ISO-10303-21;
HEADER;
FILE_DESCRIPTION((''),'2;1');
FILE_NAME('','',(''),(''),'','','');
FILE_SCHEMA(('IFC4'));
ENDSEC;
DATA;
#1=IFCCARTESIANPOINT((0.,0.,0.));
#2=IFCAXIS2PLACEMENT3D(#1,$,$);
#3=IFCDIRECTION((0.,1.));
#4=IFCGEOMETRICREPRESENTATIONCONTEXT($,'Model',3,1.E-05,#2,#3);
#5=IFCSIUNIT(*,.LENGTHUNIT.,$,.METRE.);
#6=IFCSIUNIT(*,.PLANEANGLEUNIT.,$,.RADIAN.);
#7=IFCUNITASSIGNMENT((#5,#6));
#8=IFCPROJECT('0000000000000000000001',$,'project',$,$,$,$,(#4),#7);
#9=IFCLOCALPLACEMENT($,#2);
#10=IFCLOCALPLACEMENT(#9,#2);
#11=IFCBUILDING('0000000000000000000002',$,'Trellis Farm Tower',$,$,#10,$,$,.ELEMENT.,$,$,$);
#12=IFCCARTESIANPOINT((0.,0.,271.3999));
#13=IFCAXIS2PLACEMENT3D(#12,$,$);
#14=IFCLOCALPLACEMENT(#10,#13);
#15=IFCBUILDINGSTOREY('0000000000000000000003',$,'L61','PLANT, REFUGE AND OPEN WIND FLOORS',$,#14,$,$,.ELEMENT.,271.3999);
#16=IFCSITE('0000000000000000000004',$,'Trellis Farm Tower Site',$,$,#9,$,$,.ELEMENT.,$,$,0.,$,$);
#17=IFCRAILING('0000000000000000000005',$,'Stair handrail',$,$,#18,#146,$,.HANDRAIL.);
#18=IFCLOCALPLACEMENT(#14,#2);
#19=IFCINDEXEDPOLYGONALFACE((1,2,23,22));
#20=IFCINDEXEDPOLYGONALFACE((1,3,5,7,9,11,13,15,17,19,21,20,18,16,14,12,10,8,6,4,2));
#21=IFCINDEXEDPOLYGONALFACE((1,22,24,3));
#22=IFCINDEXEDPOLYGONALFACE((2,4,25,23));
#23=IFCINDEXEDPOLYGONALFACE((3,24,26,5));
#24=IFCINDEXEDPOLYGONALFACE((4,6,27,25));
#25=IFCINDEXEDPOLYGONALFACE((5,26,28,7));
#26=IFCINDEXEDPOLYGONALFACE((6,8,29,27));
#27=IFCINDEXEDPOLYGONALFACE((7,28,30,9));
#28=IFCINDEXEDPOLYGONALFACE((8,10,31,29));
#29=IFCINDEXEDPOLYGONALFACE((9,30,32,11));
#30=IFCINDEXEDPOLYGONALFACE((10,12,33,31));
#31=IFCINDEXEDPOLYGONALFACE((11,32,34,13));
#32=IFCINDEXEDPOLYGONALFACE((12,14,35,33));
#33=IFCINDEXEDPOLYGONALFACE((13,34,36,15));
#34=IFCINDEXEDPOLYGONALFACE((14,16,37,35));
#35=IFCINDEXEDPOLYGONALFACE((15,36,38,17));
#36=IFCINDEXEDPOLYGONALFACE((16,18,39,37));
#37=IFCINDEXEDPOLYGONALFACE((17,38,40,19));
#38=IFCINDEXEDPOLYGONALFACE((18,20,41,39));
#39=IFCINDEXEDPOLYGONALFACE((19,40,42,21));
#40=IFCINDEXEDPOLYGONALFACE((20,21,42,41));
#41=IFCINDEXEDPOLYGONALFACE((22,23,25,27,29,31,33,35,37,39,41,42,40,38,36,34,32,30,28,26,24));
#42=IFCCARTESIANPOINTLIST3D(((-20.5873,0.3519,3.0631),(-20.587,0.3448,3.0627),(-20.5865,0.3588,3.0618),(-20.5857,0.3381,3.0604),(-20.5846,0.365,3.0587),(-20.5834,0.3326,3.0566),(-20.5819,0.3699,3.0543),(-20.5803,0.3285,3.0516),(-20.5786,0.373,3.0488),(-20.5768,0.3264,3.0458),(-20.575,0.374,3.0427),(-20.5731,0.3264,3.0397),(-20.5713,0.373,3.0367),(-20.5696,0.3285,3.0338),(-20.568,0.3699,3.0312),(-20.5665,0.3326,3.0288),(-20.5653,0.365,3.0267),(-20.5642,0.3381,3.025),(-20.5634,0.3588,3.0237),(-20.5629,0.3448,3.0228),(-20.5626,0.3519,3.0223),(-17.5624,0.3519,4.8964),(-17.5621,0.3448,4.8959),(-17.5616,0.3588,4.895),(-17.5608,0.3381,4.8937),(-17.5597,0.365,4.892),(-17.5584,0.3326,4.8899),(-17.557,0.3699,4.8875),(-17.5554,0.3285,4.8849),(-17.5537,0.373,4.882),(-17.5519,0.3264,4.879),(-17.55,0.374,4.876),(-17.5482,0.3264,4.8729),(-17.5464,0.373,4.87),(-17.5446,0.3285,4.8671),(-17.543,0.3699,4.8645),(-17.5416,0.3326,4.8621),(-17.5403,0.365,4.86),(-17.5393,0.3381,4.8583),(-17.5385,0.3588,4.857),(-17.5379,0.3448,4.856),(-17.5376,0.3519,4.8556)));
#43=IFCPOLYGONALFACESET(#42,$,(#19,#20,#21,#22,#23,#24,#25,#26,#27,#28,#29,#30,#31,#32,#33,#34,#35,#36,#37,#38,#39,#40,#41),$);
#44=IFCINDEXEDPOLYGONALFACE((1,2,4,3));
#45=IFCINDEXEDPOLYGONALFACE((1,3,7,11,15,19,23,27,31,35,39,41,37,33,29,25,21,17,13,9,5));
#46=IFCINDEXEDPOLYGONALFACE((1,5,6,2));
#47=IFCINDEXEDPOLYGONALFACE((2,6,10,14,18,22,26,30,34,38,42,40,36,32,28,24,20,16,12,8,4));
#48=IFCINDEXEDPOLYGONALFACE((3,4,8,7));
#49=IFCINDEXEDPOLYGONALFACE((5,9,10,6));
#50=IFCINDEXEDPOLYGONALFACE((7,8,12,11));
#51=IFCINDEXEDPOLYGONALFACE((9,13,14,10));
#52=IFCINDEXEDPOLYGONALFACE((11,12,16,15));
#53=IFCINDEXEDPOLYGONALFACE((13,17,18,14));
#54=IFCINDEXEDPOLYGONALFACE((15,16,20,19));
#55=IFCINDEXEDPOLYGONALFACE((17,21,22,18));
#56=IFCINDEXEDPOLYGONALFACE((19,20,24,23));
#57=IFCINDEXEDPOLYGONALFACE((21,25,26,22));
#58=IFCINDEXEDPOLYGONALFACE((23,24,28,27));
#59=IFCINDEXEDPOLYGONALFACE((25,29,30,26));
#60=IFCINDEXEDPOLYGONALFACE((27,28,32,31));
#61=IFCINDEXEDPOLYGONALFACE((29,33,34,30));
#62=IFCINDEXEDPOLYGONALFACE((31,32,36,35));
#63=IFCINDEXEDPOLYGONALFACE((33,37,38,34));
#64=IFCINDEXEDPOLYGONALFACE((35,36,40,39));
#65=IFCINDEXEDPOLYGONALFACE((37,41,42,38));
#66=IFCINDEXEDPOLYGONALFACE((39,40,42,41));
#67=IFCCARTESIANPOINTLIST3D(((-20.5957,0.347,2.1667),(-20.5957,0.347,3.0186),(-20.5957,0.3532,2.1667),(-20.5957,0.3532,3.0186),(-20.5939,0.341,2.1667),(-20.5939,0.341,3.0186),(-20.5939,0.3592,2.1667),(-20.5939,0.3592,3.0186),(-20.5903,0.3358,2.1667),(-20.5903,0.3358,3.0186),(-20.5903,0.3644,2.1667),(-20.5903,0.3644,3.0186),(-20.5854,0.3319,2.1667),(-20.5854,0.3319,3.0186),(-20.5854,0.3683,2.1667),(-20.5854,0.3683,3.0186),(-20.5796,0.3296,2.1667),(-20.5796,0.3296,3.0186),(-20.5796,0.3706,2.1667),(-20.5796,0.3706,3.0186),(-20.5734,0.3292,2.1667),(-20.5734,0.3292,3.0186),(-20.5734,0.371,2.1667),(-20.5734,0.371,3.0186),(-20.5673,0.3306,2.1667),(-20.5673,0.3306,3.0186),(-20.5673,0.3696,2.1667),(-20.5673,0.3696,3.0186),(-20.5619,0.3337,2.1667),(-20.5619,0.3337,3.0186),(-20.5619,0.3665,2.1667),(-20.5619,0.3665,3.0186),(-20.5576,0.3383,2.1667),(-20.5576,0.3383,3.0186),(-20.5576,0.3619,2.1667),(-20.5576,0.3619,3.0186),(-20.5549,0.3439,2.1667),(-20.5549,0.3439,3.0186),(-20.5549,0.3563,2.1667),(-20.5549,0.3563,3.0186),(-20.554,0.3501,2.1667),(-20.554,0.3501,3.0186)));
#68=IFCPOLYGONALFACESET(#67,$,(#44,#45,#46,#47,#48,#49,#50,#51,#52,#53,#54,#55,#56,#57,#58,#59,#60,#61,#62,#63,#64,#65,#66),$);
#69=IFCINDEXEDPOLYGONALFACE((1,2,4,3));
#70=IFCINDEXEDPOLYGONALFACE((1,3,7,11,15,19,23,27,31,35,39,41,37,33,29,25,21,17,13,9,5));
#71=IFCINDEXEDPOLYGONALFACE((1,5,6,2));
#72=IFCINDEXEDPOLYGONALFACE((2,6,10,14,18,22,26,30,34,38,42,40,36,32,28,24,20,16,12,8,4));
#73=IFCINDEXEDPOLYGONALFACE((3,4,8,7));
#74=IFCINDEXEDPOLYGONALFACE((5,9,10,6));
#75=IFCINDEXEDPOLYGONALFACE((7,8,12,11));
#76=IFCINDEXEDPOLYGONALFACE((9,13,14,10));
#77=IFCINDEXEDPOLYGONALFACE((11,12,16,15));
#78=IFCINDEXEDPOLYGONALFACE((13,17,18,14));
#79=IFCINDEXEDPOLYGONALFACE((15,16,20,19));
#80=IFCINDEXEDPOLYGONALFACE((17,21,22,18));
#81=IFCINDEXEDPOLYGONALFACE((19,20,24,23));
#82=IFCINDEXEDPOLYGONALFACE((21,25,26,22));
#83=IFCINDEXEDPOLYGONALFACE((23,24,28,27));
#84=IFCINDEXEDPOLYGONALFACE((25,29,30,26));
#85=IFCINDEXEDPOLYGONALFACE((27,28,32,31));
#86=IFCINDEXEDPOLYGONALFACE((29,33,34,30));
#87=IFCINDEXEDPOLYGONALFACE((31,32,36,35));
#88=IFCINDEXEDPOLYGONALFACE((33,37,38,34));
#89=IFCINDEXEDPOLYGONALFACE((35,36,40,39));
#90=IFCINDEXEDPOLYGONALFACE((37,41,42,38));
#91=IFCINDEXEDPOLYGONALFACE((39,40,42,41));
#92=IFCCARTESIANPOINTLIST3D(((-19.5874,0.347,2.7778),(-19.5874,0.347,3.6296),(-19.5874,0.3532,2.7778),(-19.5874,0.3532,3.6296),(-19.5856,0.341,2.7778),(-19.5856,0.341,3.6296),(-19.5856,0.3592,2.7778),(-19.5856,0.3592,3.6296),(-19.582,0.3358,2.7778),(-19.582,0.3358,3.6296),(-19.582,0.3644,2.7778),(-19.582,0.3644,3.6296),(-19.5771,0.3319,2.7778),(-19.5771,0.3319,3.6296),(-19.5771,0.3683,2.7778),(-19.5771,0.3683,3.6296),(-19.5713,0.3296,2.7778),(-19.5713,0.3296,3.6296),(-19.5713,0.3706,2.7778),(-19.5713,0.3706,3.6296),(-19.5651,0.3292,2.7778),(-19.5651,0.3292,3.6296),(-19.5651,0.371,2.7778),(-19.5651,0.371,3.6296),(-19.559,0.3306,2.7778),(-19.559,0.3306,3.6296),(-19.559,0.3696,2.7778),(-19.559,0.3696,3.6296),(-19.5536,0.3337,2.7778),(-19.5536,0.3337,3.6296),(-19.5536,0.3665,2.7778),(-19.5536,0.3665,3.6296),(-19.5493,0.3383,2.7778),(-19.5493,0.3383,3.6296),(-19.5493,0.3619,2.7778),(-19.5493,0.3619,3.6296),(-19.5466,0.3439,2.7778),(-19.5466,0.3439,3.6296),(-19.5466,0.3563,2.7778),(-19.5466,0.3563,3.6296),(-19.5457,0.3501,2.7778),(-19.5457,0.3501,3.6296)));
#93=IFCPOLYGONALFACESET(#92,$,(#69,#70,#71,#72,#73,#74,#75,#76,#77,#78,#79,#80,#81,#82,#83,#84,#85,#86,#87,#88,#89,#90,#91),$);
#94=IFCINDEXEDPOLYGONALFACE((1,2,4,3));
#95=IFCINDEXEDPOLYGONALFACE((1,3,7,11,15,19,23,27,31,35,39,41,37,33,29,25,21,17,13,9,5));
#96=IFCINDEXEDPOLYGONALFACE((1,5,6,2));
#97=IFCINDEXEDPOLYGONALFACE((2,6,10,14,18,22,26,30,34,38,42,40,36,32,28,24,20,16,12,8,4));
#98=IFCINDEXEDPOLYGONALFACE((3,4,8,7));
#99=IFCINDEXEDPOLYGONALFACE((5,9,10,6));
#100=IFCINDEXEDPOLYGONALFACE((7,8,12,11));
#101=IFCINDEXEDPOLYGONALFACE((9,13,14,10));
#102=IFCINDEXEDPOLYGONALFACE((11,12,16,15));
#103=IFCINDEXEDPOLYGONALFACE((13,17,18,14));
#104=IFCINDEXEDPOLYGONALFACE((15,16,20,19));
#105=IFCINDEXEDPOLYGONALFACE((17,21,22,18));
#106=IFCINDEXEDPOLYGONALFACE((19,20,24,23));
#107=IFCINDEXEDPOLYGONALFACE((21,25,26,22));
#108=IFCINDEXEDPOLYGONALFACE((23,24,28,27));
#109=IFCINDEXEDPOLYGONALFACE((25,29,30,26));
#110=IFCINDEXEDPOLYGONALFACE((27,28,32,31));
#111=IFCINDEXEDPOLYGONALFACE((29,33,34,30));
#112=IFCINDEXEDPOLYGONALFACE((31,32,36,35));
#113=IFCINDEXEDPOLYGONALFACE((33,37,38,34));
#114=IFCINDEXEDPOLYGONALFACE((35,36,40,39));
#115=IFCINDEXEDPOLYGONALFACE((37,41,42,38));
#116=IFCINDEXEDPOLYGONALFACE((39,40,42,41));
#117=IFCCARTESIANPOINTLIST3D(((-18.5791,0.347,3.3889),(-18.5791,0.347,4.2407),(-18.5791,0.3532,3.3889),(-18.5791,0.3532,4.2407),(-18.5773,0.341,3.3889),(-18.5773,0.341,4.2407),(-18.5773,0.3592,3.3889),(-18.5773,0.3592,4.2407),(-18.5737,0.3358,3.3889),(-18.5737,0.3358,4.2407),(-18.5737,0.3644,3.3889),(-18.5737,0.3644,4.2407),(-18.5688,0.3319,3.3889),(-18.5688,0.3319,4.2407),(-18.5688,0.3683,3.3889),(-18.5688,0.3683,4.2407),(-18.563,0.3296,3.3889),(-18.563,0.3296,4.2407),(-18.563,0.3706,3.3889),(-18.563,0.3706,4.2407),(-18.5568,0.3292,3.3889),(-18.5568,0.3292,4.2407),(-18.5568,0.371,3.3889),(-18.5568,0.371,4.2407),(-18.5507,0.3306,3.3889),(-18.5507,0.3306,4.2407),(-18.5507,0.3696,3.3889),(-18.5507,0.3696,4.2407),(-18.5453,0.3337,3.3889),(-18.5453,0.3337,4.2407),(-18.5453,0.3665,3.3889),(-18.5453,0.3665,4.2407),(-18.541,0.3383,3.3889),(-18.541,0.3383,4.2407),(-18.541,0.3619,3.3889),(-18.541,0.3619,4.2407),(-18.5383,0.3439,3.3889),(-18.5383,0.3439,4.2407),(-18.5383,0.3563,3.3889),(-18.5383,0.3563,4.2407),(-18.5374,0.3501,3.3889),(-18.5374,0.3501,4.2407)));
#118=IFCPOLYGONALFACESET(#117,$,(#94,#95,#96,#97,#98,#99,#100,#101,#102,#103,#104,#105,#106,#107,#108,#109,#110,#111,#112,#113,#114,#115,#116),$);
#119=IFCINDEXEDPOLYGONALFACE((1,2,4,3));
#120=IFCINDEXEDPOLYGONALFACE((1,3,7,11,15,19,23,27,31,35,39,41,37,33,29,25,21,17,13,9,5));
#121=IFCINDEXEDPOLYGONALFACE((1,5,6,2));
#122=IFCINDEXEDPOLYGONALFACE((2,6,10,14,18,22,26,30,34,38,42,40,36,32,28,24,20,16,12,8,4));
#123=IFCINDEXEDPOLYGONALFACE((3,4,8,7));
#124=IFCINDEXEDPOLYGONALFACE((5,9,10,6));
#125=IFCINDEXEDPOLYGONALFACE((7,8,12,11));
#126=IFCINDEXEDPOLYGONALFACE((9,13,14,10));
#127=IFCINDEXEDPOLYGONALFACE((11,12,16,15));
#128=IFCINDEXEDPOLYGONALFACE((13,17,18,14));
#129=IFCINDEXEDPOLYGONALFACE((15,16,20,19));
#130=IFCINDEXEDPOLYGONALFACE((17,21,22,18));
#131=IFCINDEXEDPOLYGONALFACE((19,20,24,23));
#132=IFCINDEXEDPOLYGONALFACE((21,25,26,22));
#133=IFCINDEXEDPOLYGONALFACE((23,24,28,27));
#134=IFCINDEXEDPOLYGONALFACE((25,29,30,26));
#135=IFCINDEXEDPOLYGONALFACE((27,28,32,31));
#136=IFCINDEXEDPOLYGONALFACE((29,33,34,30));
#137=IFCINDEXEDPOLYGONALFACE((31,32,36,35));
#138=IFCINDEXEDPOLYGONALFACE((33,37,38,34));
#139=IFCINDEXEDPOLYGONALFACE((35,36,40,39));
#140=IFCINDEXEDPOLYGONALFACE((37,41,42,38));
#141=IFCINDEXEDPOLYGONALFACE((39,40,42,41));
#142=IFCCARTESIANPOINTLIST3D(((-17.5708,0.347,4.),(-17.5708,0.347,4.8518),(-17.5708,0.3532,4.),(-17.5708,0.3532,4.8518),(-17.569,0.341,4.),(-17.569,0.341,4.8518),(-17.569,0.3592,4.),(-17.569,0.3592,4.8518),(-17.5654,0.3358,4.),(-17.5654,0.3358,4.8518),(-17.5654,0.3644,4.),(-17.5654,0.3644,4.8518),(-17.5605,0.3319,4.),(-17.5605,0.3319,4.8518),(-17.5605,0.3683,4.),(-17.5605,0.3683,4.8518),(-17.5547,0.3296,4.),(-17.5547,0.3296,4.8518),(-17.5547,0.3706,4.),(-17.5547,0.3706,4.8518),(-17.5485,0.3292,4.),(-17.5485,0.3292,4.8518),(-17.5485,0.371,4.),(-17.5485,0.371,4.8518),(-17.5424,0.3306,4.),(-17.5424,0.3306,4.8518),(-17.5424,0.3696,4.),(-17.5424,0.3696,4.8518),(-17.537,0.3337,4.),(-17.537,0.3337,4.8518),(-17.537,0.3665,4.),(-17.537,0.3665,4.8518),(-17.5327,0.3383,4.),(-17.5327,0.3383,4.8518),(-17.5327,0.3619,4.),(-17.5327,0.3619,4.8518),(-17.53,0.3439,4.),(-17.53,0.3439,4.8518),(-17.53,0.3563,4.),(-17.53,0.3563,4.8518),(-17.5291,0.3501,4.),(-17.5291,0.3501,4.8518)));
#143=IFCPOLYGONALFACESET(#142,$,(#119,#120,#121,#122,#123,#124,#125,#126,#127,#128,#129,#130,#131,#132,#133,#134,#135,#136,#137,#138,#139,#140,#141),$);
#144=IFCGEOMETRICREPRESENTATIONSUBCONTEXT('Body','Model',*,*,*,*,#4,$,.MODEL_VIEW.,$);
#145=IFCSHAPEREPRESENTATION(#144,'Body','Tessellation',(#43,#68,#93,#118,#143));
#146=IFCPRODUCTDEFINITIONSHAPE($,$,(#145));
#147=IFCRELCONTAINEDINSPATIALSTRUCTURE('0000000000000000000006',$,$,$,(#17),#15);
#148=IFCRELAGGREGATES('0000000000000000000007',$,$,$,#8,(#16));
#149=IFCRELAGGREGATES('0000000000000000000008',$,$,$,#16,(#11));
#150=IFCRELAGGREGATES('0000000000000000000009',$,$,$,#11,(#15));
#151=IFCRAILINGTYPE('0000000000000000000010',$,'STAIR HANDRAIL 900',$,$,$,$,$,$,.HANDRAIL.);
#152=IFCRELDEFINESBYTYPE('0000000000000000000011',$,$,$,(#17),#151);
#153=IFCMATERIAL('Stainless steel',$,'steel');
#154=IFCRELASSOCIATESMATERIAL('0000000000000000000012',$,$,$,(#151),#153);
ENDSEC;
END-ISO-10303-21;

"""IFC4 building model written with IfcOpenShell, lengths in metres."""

from ifc_helpers import new_model, si_unit, direction, frame, origin, origin_2d, place, context, subcontext, project, spatial, circle, extrude, source, transform, mapped, material, type_object, element, save


model = new_model("IFC4")

# Units and contexts
model_context = context("Model", 3, precision=1e-05, world=origin(), true_north=direction((0.0, 1.0)))
body_context = subcontext(model_context, "Body", "Model", "MODEL_VIEW")
ifc_project = project(units=[si_unit("LENGTHUNIT", "METRE"), si_unit("PLANEANGLEUNIT", "RADIAN")], contexts=[model_context])

# Site, building, storey
site_placement = place(None, origin())
site = spatial("IfcSite", under=ifc_project, at=site_placement, Name="Trellis Farm Tower Site", CompositionType="ELEMENT", RefElevation=0.0)
building_placement = place(site_placement, origin())
building = spatial("IfcBuilding", under=site, at=building_placement, Name="Trellis Farm Tower", CompositionType="ELEMENT")
storey_placement = place(building_placement, frame((0.0, 0.0, 271.3999)))
storey = spatial("IfcBuildingStorey", under=building, at=storey_placement, Name="L61", Description="PLANT, REFUGE AND OPEN WIND FLOORS", CompositionType="ELEMENT", Elevation=271.3999)

# Railing
ifc_material_1 = material(Name="Stainless steel", Category="steel")
railing_type_1 = type_object("IfcRailingType", Name="STAIR HANDRAIL 900", PredefinedType="HANDRAIL", material=ifc_material_1)
shared_shape_1 = source(origin(), body_context, "Body", "SweptSolid", [
    extrude(circle(Radius=0.0239, at=origin_2d()), frame((0.0, 0.0, 0.876), z_axis=(0.855201, 0.0, 0.518297), x_axis=(0.0, 1.0, 0.0)), (0.0, 0.0, 1.0), 3.5371),
    extrude(circle(Radius=0.021, at=origin_2d()), origin(), (0.0, 0.0, 1.0), 0.8518),
    extrude(circle(Radius=0.021, at=origin_2d()), frame((1.0083, 0.0, 0.6111)), (0.0, 0.0, 1.0), 0.8518),
    extrude(circle(Radius=0.021, at=origin_2d()), frame((2.0166, 0.0, 1.2222)), (0.0, 0.0, 1.0), 0.8518),
    extrude(circle(Radius=0.021, at=origin_2d()), frame((3.0249, 0.0, 1.8333)), (0.0, 0.0, 1.0), 0.8518),
])
for number, where, name in (
    (1, (-20.575, 0.3501, 2.1667), "Stair handrail"),
):
    element("IfcRailing", number, at=place(storey_placement, frame(where)), inside=storey, type_object=railing_type_1, Name=name, PredefinedType="HANDRAIL", context=body_context, shape_type="MappedRepresentation", body=[
        mapped(shared_shape_1, transform((0.0, 0.0, 0.0))),
    ])

save(model, "model.ifc")
